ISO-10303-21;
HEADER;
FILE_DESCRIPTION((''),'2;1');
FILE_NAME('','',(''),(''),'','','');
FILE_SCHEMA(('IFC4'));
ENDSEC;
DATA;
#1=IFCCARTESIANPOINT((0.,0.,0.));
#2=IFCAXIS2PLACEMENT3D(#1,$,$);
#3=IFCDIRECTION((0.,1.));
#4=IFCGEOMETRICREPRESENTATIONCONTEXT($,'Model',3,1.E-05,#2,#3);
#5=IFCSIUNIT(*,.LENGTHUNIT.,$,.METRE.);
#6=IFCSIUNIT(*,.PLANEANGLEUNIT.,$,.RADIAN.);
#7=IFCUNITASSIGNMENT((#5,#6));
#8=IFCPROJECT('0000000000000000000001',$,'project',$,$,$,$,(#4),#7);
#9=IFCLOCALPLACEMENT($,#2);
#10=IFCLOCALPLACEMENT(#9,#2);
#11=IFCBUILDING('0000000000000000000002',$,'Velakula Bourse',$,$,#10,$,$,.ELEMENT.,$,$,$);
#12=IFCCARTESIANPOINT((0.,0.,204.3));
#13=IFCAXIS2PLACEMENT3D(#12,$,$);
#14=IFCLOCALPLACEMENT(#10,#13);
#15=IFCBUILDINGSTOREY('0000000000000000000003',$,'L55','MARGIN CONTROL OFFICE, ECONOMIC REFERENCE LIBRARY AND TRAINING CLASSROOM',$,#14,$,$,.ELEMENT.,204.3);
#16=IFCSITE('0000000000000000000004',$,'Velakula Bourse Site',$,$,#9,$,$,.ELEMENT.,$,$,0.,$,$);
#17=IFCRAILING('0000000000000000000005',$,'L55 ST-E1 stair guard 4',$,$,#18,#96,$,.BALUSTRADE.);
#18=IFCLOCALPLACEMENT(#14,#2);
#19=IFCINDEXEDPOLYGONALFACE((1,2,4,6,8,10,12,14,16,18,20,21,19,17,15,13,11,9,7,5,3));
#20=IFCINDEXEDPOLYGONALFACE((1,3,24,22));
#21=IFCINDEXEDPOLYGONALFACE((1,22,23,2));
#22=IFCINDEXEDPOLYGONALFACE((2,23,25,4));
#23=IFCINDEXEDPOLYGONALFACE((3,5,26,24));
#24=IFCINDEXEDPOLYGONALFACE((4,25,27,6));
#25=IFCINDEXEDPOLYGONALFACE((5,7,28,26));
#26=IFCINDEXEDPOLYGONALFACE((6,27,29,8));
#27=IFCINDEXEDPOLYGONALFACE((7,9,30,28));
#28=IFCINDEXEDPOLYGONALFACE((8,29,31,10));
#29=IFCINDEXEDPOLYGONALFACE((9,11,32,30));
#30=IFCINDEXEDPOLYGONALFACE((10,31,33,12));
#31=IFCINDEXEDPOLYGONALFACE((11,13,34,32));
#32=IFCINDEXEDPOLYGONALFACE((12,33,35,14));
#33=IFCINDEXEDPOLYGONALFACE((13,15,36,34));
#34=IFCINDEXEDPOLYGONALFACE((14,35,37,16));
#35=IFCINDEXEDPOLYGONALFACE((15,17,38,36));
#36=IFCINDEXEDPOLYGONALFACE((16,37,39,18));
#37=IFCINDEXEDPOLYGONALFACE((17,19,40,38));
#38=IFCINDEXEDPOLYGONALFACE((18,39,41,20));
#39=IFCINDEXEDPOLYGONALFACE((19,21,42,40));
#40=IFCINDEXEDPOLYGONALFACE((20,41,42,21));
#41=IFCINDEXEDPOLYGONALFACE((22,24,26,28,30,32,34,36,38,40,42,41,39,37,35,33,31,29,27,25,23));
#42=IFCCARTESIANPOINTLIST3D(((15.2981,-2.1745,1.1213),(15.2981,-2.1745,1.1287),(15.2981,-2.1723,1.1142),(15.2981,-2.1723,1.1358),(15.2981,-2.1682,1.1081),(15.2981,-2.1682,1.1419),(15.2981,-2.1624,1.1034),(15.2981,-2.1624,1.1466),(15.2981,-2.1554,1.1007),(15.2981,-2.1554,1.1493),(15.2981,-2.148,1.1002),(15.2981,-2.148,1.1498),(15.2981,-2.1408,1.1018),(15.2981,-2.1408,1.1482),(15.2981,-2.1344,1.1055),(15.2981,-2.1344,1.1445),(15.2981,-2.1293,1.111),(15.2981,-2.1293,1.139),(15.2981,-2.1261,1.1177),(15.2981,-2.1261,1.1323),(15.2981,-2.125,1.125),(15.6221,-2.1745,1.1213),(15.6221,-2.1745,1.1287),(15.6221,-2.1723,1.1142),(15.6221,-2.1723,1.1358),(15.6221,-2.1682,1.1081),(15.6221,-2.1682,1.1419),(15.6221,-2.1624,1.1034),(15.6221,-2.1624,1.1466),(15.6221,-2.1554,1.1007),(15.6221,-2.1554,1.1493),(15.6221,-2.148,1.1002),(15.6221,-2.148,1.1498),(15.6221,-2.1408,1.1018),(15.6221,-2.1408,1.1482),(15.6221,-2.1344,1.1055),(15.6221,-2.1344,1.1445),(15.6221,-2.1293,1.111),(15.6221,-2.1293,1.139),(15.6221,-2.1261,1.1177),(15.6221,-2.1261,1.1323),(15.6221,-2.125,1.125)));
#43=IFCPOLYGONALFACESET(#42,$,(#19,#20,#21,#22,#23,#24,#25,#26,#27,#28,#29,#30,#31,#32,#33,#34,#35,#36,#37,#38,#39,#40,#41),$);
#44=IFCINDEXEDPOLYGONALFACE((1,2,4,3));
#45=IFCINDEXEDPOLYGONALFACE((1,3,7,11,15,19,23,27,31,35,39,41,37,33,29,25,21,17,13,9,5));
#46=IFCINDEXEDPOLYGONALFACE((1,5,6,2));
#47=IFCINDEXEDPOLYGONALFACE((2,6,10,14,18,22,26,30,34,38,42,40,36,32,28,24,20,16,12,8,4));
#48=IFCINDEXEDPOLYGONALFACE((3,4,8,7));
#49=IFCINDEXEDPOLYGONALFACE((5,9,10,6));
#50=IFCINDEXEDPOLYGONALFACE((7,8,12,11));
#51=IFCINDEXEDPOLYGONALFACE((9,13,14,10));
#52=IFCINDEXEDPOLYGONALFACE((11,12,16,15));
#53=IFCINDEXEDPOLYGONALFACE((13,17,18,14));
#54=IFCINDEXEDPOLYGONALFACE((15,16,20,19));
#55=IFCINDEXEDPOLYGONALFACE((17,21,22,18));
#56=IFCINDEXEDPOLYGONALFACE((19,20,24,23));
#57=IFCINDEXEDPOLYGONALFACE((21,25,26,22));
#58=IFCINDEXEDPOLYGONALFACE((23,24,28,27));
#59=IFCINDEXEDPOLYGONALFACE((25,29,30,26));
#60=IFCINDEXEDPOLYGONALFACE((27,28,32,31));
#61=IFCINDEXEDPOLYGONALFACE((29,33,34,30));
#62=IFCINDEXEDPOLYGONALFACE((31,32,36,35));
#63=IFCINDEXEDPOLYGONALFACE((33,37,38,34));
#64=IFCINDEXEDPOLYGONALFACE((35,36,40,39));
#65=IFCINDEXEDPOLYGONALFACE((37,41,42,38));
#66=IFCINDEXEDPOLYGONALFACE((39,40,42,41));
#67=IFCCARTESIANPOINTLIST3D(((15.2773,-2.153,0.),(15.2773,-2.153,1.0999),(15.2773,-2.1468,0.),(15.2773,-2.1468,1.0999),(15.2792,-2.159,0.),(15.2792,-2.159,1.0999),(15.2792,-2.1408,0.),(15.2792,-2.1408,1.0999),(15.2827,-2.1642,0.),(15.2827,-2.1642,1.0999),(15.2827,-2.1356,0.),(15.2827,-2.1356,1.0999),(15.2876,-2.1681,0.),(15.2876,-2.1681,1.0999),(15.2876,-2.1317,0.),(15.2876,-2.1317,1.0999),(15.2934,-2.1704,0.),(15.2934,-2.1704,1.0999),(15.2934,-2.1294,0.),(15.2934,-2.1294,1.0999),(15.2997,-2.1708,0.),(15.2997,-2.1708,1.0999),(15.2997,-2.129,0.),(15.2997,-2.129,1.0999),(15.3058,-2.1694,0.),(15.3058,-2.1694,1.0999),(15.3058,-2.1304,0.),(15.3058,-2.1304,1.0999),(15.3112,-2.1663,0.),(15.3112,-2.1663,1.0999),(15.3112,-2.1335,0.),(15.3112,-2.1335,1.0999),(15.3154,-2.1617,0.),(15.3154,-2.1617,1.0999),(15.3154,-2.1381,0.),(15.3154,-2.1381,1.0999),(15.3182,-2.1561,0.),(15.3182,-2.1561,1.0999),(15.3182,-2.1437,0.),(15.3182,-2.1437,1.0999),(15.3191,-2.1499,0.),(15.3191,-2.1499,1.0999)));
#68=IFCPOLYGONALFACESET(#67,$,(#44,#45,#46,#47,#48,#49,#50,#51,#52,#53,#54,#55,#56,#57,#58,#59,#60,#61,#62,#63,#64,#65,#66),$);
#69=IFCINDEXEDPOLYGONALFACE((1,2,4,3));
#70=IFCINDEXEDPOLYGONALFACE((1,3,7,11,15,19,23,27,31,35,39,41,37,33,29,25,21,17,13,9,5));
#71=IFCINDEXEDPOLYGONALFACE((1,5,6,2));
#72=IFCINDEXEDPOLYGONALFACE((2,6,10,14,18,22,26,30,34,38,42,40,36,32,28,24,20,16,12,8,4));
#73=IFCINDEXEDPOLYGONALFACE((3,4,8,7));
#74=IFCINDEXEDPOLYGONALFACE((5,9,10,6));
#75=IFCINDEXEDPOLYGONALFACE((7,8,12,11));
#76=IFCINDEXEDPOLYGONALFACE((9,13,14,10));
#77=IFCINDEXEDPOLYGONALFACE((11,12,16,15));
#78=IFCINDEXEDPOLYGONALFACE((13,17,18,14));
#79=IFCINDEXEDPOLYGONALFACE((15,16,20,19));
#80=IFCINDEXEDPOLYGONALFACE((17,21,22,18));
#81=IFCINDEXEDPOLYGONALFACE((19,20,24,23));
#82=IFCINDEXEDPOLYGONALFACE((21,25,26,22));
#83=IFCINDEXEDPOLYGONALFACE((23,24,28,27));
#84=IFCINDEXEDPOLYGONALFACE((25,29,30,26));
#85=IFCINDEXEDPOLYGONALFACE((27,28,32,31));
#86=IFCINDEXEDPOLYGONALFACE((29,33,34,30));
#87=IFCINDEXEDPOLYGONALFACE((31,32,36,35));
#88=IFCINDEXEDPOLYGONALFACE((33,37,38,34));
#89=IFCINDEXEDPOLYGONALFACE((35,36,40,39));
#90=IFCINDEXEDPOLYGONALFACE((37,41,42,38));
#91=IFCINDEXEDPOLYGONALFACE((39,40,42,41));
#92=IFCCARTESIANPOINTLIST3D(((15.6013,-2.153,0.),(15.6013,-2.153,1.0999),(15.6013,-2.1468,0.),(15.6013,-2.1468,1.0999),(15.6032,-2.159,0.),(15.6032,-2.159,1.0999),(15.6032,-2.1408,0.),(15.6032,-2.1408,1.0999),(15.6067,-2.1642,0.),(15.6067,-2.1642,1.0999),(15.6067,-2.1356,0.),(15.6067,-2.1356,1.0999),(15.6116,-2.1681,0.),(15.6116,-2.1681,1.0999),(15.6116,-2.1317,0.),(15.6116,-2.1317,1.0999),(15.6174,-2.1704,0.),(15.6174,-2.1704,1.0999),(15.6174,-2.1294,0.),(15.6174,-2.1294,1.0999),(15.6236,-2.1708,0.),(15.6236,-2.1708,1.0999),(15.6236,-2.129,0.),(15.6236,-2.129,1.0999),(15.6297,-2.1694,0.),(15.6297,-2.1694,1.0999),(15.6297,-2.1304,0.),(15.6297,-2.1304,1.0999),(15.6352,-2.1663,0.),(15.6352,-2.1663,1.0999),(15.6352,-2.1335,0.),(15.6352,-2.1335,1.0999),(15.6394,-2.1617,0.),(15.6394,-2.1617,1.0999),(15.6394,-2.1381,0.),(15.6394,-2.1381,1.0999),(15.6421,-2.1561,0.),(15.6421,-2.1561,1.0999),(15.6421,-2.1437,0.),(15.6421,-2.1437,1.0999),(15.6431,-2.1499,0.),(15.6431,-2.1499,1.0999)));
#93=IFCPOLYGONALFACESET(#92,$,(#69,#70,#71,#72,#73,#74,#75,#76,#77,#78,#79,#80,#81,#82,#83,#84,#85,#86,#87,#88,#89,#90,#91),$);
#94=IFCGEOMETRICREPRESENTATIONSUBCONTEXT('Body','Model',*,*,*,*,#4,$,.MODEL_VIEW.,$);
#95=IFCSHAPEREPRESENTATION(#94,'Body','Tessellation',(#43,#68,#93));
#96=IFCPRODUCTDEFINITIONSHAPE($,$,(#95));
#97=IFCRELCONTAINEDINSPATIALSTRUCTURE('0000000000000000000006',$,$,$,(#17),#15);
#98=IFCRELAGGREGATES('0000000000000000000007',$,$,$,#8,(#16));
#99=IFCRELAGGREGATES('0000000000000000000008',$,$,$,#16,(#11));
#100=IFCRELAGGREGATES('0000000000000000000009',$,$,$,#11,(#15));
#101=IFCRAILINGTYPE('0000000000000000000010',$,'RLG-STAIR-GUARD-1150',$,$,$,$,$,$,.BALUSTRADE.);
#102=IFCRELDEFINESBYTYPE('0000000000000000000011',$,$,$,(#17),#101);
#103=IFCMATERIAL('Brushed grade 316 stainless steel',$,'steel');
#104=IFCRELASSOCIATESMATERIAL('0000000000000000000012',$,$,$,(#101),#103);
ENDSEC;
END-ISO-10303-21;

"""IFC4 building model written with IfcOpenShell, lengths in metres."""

from ifc_helpers import new_model, si_unit, direction, frame, origin, origin_2d, place, context, subcontext, project, spatial, circle, extrude, material, type_object, element, save


model = new_model("IFC4")

# Units and contexts
model_context = context("Model", 3, precision=1e-05, world=origin(), true_north=direction((0.0, 1.0)))
body_context = subcontext(model_context, "Body", "Model", "MODEL_VIEW")
ifc_project = project(units=[si_unit("LENGTHUNIT", "METRE"), si_unit("PLANEANGLEUNIT", "RADIAN")], contexts=[model_context])

# Site, building, storey
site_placement = place(None, origin())
site = spatial("IfcSite", under=ifc_project, at=site_placement, Name="Velakula Bourse Site", CompositionType="ELEMENT", RefElevation=0.0)
building_placement = place(site_placement, origin())
building = spatial("IfcBuilding", under=site, at=building_placement, Name="Velakula Bourse", CompositionType="ELEMENT")
storey_placement = place(building_placement, frame((0.0, 0.0, 204.3)))
storey = spatial("IfcBuildingStorey", under=building, at=storey_placement, Name="L55", Description="MARGIN CONTROL OFFICE, ECONOMIC REFERENCE LIBRARY AND TRAINING CLASSROOM", CompositionType="ELEMENT", Elevation=204.3)

# Shared definitions
ifc_material_1 = material(Name="Brushed grade 316 stainless steel", Category="steel")

# Railing
railing_type_1 = type_object("IfcRailingType", Name="RLG-STAIR-GUARD-1150", PredefinedType="BALUSTRADE", material=ifc_material_1)
railing_1_placement = place(storey_placement, frame((15.2981, -2.1499, 0.0)))
element("IfcRailing", 1, at=railing_1_placement, inside=storey, type_object=railing_type_1, Name="L55 ST-E1 stair guard 4", PredefinedType="BALUSTRADE", context=body_context, shape_type="SweptSolid", body=[
    extrude(circle(Radius=0.0249, at=origin_2d()), frame((0.0, 0.0, 1.125), z_axis=(1.0, 0.0, 0.0), x_axis=(0.0, 1.0, 0.0)), (0.0, 0.0, 1.0), 0.324),
    extrude(circle(Radius=0.021, at=origin_2d()), origin(), (0.0, 0.0, 1.0), 1.0999),
    extrude(circle(Radius=0.021, at=origin_2d()), frame((0.324, 0.0, 0.0)), (0.0, 0.0, 1.0), 1.0999),
])

save(model, "model.ifc")
